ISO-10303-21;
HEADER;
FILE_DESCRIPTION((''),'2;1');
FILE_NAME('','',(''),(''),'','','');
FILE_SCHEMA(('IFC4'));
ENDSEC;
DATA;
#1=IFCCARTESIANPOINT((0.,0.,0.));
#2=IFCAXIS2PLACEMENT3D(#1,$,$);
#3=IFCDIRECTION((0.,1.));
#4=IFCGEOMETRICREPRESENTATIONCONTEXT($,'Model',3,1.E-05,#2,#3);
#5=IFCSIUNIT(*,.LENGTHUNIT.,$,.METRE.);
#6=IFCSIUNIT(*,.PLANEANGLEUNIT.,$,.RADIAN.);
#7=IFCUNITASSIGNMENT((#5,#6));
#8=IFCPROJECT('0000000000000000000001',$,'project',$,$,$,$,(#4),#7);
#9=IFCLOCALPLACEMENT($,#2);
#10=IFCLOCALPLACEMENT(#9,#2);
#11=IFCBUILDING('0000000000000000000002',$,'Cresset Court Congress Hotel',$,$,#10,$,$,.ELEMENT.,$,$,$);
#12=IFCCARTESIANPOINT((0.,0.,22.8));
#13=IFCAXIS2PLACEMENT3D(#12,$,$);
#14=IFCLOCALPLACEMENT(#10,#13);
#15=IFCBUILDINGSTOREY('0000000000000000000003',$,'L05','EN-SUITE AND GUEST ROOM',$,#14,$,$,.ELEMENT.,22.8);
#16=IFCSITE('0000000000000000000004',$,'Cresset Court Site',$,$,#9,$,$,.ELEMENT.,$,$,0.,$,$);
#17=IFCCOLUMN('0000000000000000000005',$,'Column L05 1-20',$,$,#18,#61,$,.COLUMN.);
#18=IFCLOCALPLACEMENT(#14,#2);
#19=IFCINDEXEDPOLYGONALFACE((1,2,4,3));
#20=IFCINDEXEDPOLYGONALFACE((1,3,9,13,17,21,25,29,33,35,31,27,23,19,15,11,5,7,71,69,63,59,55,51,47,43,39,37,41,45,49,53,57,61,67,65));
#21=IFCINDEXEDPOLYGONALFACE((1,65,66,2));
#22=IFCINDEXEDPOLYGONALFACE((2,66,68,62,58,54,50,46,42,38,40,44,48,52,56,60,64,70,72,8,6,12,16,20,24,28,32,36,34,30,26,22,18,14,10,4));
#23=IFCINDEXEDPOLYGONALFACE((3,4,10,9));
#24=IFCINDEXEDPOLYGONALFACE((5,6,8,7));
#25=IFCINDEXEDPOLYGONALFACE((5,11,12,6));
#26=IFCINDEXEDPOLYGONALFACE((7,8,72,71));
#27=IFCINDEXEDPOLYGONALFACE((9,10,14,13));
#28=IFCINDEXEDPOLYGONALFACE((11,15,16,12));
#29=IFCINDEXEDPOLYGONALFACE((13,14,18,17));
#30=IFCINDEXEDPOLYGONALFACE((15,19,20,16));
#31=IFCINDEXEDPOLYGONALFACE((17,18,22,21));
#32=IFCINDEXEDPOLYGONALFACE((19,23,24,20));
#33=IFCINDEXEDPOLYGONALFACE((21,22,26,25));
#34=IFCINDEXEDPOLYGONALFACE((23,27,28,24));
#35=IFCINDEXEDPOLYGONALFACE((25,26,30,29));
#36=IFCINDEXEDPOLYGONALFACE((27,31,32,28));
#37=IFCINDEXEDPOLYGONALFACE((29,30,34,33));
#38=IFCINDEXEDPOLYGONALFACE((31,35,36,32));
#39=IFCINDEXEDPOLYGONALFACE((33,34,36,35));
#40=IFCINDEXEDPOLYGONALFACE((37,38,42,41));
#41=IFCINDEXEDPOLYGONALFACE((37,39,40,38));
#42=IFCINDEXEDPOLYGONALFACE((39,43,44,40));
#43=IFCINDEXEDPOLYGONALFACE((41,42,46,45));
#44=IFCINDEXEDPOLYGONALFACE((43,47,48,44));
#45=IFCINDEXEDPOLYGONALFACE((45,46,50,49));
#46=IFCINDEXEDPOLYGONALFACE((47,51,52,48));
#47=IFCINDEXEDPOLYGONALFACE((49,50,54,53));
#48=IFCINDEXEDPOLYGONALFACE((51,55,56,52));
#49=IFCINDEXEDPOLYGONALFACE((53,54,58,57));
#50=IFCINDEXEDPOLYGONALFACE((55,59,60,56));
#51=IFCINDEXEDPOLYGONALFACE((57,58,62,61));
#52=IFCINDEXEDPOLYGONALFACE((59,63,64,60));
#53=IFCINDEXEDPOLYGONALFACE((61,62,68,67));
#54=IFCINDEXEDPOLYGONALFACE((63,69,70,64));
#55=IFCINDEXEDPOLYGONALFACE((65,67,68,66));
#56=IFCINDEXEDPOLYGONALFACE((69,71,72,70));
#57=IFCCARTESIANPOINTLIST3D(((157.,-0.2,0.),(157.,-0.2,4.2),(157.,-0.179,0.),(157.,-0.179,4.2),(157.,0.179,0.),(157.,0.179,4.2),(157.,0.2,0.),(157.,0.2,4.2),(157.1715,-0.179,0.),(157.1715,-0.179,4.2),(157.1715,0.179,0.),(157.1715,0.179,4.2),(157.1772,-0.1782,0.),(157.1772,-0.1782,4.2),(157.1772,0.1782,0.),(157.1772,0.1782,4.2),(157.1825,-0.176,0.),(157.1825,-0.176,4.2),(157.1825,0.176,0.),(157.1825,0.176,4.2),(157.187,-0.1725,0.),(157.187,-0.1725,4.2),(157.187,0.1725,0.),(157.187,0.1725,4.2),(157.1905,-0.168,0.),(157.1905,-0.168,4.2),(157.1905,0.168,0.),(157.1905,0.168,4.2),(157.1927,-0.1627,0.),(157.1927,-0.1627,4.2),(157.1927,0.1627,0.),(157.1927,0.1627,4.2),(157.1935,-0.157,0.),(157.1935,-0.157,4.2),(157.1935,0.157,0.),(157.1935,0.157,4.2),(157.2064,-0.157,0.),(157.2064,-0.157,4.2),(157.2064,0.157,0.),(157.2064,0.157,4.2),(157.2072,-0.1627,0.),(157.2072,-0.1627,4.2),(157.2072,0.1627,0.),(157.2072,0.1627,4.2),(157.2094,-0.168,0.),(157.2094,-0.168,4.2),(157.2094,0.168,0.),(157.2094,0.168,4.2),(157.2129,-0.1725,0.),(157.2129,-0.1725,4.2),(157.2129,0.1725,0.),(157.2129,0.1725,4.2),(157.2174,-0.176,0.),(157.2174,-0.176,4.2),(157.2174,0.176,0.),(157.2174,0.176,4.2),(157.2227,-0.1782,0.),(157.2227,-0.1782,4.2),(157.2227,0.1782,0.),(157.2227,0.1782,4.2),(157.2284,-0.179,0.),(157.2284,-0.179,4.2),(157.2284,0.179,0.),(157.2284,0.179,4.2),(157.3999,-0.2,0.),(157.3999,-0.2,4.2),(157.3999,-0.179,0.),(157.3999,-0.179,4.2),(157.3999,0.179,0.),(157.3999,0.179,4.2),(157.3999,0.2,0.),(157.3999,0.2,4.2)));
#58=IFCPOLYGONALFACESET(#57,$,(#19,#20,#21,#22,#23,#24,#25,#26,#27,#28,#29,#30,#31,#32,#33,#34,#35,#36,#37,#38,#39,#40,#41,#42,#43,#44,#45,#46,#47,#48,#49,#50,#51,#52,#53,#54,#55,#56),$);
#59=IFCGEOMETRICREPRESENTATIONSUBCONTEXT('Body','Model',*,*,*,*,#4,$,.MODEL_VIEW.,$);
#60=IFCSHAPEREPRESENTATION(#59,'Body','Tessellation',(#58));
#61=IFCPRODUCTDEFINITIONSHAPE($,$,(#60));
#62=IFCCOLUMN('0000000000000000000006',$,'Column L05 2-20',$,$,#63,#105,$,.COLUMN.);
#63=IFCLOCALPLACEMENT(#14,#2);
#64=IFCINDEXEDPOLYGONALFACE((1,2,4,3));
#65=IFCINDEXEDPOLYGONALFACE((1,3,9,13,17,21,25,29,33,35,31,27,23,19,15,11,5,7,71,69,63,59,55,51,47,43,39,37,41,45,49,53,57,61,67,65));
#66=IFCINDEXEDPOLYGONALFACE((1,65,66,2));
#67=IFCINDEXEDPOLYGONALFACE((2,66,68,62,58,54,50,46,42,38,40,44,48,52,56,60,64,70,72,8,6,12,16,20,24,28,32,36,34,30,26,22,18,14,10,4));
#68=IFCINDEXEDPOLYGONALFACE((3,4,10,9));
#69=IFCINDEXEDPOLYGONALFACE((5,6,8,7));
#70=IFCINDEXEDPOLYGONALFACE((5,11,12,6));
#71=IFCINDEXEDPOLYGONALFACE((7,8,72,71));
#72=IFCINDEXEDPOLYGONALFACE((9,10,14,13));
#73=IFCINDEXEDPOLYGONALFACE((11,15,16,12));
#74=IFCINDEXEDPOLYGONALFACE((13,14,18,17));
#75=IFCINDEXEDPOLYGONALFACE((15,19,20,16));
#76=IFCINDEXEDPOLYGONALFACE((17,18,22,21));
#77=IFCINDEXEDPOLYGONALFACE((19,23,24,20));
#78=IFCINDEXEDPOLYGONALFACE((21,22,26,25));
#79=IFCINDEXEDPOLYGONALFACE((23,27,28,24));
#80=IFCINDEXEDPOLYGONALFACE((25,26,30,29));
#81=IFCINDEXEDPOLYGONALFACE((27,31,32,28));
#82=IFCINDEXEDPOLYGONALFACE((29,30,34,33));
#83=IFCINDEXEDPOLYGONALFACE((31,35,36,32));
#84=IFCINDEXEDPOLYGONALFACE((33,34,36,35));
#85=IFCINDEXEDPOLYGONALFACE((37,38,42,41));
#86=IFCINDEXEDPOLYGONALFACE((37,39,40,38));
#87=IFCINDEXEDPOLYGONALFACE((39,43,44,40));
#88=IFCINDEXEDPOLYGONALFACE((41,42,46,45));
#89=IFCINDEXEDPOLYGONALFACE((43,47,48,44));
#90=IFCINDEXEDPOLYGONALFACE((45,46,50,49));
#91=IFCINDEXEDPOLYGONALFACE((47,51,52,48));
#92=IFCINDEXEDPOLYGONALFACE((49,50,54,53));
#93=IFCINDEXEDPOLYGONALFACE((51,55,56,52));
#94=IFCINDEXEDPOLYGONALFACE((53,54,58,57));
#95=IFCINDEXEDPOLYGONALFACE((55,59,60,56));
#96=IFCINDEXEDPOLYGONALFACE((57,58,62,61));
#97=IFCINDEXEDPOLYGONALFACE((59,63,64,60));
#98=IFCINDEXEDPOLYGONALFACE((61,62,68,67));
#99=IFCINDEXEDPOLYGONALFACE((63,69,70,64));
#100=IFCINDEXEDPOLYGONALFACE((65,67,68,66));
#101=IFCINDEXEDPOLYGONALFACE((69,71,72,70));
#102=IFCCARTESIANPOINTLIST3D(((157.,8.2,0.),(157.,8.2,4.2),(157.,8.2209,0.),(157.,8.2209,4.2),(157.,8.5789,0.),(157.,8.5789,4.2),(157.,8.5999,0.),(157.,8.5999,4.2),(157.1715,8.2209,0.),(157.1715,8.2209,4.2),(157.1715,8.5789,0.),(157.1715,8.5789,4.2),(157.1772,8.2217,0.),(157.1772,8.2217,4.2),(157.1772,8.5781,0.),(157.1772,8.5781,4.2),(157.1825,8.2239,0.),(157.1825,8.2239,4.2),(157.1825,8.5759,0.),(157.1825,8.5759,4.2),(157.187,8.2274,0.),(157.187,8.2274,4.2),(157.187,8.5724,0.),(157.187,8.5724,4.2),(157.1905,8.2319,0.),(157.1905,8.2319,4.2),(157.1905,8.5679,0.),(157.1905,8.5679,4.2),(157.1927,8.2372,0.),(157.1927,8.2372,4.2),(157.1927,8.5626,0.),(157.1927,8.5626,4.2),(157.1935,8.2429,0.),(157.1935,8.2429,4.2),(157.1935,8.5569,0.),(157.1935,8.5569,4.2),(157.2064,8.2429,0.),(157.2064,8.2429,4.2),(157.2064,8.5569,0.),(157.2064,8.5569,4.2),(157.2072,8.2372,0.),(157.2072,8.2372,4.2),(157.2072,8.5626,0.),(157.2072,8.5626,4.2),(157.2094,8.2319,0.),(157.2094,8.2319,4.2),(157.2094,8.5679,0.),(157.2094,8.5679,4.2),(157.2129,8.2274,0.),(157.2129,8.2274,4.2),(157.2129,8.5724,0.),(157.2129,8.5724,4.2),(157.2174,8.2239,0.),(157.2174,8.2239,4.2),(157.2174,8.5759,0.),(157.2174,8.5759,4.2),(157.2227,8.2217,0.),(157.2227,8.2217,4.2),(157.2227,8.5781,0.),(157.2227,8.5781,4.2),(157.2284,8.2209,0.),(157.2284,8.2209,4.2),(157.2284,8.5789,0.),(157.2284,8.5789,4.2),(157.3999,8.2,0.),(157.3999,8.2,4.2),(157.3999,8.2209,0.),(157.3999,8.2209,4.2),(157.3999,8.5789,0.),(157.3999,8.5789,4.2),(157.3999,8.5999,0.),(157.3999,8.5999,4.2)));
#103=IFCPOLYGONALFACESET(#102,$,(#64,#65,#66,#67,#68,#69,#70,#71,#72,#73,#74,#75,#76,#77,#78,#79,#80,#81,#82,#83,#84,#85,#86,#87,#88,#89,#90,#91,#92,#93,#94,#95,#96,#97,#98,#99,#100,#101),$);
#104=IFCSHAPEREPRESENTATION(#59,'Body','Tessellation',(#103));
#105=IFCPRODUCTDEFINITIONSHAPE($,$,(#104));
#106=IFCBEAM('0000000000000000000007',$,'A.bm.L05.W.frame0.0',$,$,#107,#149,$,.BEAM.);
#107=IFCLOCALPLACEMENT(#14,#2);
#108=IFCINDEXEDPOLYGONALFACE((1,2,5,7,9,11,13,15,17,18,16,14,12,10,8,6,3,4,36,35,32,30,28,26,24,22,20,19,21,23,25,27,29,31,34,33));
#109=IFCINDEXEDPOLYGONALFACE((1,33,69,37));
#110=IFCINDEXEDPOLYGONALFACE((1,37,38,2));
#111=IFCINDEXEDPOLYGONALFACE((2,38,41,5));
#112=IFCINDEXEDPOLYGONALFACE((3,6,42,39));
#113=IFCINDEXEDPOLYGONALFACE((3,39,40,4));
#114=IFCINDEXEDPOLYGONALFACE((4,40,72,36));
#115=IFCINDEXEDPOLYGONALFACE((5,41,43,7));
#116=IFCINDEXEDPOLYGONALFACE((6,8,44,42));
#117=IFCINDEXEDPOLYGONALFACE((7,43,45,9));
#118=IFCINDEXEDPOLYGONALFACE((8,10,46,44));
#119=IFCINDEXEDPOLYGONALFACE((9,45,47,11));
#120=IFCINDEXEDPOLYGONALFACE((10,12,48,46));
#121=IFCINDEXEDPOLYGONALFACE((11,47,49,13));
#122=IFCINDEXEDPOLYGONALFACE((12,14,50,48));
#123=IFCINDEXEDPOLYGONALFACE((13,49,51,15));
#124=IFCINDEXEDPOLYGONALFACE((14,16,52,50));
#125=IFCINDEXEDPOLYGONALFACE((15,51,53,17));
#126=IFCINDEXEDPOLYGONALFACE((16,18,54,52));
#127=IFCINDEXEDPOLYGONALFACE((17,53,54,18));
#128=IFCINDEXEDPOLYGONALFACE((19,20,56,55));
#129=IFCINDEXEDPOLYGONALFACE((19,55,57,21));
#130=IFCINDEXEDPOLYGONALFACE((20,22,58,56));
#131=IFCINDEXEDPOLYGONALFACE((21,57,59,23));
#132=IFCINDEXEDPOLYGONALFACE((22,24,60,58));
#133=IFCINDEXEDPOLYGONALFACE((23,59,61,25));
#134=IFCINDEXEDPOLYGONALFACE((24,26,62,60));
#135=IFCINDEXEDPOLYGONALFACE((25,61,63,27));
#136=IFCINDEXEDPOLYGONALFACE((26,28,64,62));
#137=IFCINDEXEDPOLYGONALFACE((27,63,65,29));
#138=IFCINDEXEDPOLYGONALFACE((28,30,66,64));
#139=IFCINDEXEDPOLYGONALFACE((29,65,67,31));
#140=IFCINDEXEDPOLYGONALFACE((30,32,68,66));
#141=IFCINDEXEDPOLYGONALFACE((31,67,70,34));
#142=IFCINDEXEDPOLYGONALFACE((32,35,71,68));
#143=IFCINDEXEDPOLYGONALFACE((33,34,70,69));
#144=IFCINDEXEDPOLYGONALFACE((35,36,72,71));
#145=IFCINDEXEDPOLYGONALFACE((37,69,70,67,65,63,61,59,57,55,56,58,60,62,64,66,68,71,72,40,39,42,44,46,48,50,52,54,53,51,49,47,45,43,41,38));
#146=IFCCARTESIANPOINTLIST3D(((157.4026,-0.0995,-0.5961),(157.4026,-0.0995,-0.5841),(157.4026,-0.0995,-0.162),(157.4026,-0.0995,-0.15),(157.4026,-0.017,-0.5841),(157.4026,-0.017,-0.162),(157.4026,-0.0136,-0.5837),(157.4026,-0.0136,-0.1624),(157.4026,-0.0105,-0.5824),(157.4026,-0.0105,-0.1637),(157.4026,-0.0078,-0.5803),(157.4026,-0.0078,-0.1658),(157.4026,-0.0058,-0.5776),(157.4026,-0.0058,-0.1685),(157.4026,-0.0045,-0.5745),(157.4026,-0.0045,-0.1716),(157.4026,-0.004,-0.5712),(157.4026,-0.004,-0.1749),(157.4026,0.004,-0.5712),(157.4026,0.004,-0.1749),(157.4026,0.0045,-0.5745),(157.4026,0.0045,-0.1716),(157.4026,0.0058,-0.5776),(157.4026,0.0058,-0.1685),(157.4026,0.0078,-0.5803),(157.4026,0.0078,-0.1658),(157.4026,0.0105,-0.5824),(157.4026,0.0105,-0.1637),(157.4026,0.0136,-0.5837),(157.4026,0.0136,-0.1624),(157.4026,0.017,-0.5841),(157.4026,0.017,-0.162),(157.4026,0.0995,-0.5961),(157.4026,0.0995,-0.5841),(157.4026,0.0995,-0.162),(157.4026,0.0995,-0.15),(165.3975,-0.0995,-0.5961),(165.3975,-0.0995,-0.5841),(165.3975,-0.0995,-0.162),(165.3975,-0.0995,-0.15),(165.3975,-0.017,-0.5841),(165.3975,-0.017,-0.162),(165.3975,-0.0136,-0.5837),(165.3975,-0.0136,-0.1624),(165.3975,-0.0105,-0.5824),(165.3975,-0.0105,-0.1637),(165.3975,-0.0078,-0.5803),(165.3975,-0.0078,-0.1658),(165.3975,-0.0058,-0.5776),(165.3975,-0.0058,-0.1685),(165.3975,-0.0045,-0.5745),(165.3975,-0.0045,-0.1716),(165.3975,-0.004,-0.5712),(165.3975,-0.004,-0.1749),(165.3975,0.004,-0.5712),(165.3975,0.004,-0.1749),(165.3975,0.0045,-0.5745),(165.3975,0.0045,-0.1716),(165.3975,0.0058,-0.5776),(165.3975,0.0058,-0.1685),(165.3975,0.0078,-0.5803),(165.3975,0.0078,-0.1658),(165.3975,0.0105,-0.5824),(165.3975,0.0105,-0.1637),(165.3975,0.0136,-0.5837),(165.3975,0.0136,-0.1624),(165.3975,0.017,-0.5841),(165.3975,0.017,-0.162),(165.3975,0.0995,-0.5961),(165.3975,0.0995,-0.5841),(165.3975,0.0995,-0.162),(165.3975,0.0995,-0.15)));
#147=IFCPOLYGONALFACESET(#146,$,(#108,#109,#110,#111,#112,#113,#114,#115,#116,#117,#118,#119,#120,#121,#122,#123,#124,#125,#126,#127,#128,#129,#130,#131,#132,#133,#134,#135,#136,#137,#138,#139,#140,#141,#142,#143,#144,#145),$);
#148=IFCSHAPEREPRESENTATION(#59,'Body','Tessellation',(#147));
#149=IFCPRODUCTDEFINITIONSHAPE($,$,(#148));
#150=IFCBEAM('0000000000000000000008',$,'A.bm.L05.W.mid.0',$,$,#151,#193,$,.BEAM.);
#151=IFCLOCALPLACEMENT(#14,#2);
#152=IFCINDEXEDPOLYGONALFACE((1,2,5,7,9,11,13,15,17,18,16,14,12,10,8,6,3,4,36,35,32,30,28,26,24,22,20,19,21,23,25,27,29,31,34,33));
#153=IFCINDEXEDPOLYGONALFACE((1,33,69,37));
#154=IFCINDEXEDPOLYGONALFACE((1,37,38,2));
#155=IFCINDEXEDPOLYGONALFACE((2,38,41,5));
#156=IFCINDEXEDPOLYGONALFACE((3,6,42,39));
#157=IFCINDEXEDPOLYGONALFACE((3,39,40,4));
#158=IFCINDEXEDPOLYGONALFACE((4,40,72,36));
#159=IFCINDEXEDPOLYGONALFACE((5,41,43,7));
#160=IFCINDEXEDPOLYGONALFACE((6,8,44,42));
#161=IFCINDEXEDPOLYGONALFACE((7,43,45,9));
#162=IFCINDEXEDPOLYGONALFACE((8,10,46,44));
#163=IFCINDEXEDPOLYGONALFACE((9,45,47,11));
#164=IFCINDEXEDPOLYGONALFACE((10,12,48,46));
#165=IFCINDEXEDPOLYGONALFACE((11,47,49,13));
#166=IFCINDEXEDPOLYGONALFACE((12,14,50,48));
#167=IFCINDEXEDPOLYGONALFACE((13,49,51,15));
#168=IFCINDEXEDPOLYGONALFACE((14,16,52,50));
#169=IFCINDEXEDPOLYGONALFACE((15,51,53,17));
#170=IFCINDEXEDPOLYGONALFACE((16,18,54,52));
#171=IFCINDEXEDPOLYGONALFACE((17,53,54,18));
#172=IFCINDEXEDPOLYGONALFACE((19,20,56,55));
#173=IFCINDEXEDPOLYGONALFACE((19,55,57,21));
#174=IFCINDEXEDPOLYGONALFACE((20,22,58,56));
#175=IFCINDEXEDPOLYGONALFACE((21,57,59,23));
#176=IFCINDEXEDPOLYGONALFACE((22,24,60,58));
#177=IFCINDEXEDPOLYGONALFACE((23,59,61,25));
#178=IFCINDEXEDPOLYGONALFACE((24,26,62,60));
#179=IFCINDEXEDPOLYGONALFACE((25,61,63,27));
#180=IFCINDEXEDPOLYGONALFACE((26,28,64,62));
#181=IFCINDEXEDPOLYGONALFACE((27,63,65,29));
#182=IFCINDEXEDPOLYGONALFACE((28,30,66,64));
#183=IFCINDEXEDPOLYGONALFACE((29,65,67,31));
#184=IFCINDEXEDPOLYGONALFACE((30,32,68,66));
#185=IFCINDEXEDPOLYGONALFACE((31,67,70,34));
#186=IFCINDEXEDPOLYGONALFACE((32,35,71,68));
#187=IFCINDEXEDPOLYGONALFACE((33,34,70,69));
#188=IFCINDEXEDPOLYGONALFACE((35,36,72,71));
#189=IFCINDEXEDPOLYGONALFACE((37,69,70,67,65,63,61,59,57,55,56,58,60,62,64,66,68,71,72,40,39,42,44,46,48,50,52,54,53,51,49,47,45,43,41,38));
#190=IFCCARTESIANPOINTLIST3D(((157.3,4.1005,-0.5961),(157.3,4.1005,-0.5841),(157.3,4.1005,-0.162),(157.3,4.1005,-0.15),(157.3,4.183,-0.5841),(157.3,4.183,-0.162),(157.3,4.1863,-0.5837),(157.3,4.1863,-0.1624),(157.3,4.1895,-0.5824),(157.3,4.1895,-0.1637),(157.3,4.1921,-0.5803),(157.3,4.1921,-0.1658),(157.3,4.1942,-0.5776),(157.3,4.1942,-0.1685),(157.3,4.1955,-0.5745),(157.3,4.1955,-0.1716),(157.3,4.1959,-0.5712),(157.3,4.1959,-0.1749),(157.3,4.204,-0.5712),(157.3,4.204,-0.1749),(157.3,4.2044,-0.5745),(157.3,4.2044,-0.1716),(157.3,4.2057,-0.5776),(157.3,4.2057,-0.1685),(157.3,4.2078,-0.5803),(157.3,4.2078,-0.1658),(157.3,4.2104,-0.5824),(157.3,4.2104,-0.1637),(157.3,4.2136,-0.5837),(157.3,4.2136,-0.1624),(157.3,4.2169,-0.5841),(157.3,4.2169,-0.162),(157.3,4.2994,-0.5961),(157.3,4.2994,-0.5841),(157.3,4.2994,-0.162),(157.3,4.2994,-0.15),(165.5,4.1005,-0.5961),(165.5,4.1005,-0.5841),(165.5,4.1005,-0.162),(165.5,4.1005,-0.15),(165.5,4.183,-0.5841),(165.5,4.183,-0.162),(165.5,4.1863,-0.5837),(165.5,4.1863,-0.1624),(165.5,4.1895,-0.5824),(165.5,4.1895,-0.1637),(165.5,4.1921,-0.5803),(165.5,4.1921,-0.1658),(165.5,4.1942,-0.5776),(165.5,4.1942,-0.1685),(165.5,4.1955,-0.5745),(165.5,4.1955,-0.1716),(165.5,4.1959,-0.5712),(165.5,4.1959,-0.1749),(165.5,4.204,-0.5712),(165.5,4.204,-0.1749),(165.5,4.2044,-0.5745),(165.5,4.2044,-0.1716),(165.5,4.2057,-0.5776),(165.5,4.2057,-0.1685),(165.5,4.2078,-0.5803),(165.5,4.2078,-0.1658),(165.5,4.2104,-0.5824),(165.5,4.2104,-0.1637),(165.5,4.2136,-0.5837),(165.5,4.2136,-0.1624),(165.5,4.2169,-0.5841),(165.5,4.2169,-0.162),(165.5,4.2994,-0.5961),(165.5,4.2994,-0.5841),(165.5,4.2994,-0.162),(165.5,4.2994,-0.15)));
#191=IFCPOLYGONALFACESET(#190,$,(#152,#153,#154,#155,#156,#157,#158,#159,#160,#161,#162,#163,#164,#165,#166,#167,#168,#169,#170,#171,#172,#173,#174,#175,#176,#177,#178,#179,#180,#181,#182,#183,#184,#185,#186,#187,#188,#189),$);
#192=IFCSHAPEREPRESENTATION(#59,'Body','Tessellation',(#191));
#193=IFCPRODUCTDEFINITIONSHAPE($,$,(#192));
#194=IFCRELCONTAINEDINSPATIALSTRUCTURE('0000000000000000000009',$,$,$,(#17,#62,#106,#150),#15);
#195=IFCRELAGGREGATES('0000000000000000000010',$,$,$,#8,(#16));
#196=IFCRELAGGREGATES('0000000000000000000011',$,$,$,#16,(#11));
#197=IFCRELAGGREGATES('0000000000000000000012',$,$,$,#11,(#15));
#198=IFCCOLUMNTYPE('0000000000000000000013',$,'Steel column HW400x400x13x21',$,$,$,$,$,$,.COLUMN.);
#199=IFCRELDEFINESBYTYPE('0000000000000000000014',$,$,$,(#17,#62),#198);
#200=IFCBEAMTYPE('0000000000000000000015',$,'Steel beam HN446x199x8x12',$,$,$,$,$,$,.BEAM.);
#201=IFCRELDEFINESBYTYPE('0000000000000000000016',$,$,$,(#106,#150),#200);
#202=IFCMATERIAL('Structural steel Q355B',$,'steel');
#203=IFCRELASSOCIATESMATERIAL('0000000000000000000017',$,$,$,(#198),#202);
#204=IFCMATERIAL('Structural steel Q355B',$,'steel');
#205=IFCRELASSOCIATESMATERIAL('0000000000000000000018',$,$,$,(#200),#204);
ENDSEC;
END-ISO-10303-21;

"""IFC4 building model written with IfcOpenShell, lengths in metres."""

from ifc_helpers import new_model, si_unit, direction, frame, origin, origin_2d, place, context, subcontext, project, spatial, i_section, extrude, material, material_profile, profile_set, type_object, element, save


model = new_model("IFC4")

# Units and contexts
model_context = context("Model", 3, precision=1e-05, world=origin(), true_north=direction((0.0, 1.0)))
body_context = subcontext(model_context, "Body", "Model", "MODEL_VIEW")
ifc_project = project(units=[si_unit("LENGTHUNIT", "METRE"), si_unit("PLANEANGLEUNIT", "RADIAN")], contexts=[model_context])

# Site, building, storey
site_placement = place(None, origin())
site = spatial("IfcSite", under=ifc_project, at=site_placement, Name="Cresset Court Site", CompositionType="ELEMENT", RefElevation=0.0)
building_placement = place(site_placement, origin())
building = spatial("IfcBuilding", under=site, at=building_placement, Name="Cresset Court Congress Hotel", CompositionType="ELEMENT")
storey_placement = place(building_placement, frame((0.0, 0.0, 22.8)))
storey = spatial("IfcBuildingStorey", under=building, at=storey_placement, Name="L05", Description="EN-SUITE AND GUEST ROOM", CompositionType="ELEMENT", Elevation=22.8)

# Columns
ifc_material_1 = material(Name="Structural steel Q355B", Category="steel")
ifc_material_profile_1 = material_profile(ifc_material_1, i_section(OverallWidth=0.3999, OverallDepth=0.3999, WebThickness=0.0129, FlangeThickness=0.021, FilletRadius=0.022, at=origin_2d()), Name="HW400x400x13x21")
ifc_profile_set_1 = profile_set([ifc_material_profile_1], Name="Structural steel Q355B")
column_type = type_object("IfcColumnType", Name="Steel column HW400x400x13x21", PredefinedType="COLUMN", material=ifc_profile_set_1)
for number, where, z_axis, x_axis, name in (
    (1, (157.2, 0.0, 0.0), (0.0, 0.0, 1.0), (1.0, 0.0, 0.0), "Column L05 1-20"),
    (2, (157.2, 8.3999, 0.0), (0.0, 0.0, 1.0), (1.0, 0.0, 0.0), "Column L05 2-20"),
):
    element("IfcColumn", number, at=place(storey_placement, frame(where, z_axis=z_axis, x_axis=x_axis)), inside=storey, type_object=column_type, Name=name, PredefinedType="COLUMN", context=body_context, shape_type="SweptSolid", body=[
        extrude(i_section(OverallWidth=0.3999, OverallDepth=0.3999, WebThickness=0.0129, FlangeThickness=0.021, FilletRadius=0.022, at=origin_2d()), origin(), (0.0, 0.0, 1.0), 4.2),
    ])

# Beams
ifc_material_2 = material(Name="Structural steel Q355B", Category="steel")
ifc_material_profile_2 = material_profile(ifc_material_2, i_section(OverallWidth=0.199, OverallDepth=0.446, WebThickness=0.0081, FlangeThickness=0.012, FilletRadius=0.0129, at=origin_2d()), Name="HN446x199x8x12")
ifc_profile_set_2 = profile_set([ifc_material_profile_2], Name="Structural steel Q355B")
beam_type_1 = type_object("IfcBeamType", Name="Steel beam HN446x199x8x12", PredefinedType="BEAM", material=ifc_profile_set_2)
beam_1_placement = place(storey_placement, frame((157.4026, 0.0, -0.373), z_axis=(1.0, 0.0, 0.0), x_axis=(0.0, 1.0, 0.0)))
element("IfcBeam", 3, at=beam_1_placement, inside=storey, type_object=beam_type_1, Name="A.bm.L05.W.frame0.0", PredefinedType="BEAM", context=body_context, shape_type="SweptSolid", body=[
    extrude(i_section(OverallWidth=0.199, OverallDepth=0.446, WebThickness=0.0081, FlangeThickness=0.012, FilletRadius=0.0129, at=origin_2d()), origin(), (0.0, 0.0, 1.0), 7.9949),
])
beam_2_placement = place(storey_placement, frame((157.3, 4.2, -0.373), z_axis=(1.0, 0.0, 0.0), x_axis=(0.0, 1.0, 0.0)))
element("IfcBeam", 4, at=beam_2_placement, inside=storey, type_object=beam_type_1, Name="A.bm.L05.W.mid.0", PredefinedType="BEAM", context=body_context, shape_type="SweptSolid", body=[
    extrude(i_section(OverallWidth=0.199, OverallDepth=0.446, WebThickness=0.0081, FlangeThickness=0.012, FilletRadius=0.0129, at=origin_2d()), origin(), (0.0, 0.0, 1.0), 8.2),
])

save(model, "model.ifc")
